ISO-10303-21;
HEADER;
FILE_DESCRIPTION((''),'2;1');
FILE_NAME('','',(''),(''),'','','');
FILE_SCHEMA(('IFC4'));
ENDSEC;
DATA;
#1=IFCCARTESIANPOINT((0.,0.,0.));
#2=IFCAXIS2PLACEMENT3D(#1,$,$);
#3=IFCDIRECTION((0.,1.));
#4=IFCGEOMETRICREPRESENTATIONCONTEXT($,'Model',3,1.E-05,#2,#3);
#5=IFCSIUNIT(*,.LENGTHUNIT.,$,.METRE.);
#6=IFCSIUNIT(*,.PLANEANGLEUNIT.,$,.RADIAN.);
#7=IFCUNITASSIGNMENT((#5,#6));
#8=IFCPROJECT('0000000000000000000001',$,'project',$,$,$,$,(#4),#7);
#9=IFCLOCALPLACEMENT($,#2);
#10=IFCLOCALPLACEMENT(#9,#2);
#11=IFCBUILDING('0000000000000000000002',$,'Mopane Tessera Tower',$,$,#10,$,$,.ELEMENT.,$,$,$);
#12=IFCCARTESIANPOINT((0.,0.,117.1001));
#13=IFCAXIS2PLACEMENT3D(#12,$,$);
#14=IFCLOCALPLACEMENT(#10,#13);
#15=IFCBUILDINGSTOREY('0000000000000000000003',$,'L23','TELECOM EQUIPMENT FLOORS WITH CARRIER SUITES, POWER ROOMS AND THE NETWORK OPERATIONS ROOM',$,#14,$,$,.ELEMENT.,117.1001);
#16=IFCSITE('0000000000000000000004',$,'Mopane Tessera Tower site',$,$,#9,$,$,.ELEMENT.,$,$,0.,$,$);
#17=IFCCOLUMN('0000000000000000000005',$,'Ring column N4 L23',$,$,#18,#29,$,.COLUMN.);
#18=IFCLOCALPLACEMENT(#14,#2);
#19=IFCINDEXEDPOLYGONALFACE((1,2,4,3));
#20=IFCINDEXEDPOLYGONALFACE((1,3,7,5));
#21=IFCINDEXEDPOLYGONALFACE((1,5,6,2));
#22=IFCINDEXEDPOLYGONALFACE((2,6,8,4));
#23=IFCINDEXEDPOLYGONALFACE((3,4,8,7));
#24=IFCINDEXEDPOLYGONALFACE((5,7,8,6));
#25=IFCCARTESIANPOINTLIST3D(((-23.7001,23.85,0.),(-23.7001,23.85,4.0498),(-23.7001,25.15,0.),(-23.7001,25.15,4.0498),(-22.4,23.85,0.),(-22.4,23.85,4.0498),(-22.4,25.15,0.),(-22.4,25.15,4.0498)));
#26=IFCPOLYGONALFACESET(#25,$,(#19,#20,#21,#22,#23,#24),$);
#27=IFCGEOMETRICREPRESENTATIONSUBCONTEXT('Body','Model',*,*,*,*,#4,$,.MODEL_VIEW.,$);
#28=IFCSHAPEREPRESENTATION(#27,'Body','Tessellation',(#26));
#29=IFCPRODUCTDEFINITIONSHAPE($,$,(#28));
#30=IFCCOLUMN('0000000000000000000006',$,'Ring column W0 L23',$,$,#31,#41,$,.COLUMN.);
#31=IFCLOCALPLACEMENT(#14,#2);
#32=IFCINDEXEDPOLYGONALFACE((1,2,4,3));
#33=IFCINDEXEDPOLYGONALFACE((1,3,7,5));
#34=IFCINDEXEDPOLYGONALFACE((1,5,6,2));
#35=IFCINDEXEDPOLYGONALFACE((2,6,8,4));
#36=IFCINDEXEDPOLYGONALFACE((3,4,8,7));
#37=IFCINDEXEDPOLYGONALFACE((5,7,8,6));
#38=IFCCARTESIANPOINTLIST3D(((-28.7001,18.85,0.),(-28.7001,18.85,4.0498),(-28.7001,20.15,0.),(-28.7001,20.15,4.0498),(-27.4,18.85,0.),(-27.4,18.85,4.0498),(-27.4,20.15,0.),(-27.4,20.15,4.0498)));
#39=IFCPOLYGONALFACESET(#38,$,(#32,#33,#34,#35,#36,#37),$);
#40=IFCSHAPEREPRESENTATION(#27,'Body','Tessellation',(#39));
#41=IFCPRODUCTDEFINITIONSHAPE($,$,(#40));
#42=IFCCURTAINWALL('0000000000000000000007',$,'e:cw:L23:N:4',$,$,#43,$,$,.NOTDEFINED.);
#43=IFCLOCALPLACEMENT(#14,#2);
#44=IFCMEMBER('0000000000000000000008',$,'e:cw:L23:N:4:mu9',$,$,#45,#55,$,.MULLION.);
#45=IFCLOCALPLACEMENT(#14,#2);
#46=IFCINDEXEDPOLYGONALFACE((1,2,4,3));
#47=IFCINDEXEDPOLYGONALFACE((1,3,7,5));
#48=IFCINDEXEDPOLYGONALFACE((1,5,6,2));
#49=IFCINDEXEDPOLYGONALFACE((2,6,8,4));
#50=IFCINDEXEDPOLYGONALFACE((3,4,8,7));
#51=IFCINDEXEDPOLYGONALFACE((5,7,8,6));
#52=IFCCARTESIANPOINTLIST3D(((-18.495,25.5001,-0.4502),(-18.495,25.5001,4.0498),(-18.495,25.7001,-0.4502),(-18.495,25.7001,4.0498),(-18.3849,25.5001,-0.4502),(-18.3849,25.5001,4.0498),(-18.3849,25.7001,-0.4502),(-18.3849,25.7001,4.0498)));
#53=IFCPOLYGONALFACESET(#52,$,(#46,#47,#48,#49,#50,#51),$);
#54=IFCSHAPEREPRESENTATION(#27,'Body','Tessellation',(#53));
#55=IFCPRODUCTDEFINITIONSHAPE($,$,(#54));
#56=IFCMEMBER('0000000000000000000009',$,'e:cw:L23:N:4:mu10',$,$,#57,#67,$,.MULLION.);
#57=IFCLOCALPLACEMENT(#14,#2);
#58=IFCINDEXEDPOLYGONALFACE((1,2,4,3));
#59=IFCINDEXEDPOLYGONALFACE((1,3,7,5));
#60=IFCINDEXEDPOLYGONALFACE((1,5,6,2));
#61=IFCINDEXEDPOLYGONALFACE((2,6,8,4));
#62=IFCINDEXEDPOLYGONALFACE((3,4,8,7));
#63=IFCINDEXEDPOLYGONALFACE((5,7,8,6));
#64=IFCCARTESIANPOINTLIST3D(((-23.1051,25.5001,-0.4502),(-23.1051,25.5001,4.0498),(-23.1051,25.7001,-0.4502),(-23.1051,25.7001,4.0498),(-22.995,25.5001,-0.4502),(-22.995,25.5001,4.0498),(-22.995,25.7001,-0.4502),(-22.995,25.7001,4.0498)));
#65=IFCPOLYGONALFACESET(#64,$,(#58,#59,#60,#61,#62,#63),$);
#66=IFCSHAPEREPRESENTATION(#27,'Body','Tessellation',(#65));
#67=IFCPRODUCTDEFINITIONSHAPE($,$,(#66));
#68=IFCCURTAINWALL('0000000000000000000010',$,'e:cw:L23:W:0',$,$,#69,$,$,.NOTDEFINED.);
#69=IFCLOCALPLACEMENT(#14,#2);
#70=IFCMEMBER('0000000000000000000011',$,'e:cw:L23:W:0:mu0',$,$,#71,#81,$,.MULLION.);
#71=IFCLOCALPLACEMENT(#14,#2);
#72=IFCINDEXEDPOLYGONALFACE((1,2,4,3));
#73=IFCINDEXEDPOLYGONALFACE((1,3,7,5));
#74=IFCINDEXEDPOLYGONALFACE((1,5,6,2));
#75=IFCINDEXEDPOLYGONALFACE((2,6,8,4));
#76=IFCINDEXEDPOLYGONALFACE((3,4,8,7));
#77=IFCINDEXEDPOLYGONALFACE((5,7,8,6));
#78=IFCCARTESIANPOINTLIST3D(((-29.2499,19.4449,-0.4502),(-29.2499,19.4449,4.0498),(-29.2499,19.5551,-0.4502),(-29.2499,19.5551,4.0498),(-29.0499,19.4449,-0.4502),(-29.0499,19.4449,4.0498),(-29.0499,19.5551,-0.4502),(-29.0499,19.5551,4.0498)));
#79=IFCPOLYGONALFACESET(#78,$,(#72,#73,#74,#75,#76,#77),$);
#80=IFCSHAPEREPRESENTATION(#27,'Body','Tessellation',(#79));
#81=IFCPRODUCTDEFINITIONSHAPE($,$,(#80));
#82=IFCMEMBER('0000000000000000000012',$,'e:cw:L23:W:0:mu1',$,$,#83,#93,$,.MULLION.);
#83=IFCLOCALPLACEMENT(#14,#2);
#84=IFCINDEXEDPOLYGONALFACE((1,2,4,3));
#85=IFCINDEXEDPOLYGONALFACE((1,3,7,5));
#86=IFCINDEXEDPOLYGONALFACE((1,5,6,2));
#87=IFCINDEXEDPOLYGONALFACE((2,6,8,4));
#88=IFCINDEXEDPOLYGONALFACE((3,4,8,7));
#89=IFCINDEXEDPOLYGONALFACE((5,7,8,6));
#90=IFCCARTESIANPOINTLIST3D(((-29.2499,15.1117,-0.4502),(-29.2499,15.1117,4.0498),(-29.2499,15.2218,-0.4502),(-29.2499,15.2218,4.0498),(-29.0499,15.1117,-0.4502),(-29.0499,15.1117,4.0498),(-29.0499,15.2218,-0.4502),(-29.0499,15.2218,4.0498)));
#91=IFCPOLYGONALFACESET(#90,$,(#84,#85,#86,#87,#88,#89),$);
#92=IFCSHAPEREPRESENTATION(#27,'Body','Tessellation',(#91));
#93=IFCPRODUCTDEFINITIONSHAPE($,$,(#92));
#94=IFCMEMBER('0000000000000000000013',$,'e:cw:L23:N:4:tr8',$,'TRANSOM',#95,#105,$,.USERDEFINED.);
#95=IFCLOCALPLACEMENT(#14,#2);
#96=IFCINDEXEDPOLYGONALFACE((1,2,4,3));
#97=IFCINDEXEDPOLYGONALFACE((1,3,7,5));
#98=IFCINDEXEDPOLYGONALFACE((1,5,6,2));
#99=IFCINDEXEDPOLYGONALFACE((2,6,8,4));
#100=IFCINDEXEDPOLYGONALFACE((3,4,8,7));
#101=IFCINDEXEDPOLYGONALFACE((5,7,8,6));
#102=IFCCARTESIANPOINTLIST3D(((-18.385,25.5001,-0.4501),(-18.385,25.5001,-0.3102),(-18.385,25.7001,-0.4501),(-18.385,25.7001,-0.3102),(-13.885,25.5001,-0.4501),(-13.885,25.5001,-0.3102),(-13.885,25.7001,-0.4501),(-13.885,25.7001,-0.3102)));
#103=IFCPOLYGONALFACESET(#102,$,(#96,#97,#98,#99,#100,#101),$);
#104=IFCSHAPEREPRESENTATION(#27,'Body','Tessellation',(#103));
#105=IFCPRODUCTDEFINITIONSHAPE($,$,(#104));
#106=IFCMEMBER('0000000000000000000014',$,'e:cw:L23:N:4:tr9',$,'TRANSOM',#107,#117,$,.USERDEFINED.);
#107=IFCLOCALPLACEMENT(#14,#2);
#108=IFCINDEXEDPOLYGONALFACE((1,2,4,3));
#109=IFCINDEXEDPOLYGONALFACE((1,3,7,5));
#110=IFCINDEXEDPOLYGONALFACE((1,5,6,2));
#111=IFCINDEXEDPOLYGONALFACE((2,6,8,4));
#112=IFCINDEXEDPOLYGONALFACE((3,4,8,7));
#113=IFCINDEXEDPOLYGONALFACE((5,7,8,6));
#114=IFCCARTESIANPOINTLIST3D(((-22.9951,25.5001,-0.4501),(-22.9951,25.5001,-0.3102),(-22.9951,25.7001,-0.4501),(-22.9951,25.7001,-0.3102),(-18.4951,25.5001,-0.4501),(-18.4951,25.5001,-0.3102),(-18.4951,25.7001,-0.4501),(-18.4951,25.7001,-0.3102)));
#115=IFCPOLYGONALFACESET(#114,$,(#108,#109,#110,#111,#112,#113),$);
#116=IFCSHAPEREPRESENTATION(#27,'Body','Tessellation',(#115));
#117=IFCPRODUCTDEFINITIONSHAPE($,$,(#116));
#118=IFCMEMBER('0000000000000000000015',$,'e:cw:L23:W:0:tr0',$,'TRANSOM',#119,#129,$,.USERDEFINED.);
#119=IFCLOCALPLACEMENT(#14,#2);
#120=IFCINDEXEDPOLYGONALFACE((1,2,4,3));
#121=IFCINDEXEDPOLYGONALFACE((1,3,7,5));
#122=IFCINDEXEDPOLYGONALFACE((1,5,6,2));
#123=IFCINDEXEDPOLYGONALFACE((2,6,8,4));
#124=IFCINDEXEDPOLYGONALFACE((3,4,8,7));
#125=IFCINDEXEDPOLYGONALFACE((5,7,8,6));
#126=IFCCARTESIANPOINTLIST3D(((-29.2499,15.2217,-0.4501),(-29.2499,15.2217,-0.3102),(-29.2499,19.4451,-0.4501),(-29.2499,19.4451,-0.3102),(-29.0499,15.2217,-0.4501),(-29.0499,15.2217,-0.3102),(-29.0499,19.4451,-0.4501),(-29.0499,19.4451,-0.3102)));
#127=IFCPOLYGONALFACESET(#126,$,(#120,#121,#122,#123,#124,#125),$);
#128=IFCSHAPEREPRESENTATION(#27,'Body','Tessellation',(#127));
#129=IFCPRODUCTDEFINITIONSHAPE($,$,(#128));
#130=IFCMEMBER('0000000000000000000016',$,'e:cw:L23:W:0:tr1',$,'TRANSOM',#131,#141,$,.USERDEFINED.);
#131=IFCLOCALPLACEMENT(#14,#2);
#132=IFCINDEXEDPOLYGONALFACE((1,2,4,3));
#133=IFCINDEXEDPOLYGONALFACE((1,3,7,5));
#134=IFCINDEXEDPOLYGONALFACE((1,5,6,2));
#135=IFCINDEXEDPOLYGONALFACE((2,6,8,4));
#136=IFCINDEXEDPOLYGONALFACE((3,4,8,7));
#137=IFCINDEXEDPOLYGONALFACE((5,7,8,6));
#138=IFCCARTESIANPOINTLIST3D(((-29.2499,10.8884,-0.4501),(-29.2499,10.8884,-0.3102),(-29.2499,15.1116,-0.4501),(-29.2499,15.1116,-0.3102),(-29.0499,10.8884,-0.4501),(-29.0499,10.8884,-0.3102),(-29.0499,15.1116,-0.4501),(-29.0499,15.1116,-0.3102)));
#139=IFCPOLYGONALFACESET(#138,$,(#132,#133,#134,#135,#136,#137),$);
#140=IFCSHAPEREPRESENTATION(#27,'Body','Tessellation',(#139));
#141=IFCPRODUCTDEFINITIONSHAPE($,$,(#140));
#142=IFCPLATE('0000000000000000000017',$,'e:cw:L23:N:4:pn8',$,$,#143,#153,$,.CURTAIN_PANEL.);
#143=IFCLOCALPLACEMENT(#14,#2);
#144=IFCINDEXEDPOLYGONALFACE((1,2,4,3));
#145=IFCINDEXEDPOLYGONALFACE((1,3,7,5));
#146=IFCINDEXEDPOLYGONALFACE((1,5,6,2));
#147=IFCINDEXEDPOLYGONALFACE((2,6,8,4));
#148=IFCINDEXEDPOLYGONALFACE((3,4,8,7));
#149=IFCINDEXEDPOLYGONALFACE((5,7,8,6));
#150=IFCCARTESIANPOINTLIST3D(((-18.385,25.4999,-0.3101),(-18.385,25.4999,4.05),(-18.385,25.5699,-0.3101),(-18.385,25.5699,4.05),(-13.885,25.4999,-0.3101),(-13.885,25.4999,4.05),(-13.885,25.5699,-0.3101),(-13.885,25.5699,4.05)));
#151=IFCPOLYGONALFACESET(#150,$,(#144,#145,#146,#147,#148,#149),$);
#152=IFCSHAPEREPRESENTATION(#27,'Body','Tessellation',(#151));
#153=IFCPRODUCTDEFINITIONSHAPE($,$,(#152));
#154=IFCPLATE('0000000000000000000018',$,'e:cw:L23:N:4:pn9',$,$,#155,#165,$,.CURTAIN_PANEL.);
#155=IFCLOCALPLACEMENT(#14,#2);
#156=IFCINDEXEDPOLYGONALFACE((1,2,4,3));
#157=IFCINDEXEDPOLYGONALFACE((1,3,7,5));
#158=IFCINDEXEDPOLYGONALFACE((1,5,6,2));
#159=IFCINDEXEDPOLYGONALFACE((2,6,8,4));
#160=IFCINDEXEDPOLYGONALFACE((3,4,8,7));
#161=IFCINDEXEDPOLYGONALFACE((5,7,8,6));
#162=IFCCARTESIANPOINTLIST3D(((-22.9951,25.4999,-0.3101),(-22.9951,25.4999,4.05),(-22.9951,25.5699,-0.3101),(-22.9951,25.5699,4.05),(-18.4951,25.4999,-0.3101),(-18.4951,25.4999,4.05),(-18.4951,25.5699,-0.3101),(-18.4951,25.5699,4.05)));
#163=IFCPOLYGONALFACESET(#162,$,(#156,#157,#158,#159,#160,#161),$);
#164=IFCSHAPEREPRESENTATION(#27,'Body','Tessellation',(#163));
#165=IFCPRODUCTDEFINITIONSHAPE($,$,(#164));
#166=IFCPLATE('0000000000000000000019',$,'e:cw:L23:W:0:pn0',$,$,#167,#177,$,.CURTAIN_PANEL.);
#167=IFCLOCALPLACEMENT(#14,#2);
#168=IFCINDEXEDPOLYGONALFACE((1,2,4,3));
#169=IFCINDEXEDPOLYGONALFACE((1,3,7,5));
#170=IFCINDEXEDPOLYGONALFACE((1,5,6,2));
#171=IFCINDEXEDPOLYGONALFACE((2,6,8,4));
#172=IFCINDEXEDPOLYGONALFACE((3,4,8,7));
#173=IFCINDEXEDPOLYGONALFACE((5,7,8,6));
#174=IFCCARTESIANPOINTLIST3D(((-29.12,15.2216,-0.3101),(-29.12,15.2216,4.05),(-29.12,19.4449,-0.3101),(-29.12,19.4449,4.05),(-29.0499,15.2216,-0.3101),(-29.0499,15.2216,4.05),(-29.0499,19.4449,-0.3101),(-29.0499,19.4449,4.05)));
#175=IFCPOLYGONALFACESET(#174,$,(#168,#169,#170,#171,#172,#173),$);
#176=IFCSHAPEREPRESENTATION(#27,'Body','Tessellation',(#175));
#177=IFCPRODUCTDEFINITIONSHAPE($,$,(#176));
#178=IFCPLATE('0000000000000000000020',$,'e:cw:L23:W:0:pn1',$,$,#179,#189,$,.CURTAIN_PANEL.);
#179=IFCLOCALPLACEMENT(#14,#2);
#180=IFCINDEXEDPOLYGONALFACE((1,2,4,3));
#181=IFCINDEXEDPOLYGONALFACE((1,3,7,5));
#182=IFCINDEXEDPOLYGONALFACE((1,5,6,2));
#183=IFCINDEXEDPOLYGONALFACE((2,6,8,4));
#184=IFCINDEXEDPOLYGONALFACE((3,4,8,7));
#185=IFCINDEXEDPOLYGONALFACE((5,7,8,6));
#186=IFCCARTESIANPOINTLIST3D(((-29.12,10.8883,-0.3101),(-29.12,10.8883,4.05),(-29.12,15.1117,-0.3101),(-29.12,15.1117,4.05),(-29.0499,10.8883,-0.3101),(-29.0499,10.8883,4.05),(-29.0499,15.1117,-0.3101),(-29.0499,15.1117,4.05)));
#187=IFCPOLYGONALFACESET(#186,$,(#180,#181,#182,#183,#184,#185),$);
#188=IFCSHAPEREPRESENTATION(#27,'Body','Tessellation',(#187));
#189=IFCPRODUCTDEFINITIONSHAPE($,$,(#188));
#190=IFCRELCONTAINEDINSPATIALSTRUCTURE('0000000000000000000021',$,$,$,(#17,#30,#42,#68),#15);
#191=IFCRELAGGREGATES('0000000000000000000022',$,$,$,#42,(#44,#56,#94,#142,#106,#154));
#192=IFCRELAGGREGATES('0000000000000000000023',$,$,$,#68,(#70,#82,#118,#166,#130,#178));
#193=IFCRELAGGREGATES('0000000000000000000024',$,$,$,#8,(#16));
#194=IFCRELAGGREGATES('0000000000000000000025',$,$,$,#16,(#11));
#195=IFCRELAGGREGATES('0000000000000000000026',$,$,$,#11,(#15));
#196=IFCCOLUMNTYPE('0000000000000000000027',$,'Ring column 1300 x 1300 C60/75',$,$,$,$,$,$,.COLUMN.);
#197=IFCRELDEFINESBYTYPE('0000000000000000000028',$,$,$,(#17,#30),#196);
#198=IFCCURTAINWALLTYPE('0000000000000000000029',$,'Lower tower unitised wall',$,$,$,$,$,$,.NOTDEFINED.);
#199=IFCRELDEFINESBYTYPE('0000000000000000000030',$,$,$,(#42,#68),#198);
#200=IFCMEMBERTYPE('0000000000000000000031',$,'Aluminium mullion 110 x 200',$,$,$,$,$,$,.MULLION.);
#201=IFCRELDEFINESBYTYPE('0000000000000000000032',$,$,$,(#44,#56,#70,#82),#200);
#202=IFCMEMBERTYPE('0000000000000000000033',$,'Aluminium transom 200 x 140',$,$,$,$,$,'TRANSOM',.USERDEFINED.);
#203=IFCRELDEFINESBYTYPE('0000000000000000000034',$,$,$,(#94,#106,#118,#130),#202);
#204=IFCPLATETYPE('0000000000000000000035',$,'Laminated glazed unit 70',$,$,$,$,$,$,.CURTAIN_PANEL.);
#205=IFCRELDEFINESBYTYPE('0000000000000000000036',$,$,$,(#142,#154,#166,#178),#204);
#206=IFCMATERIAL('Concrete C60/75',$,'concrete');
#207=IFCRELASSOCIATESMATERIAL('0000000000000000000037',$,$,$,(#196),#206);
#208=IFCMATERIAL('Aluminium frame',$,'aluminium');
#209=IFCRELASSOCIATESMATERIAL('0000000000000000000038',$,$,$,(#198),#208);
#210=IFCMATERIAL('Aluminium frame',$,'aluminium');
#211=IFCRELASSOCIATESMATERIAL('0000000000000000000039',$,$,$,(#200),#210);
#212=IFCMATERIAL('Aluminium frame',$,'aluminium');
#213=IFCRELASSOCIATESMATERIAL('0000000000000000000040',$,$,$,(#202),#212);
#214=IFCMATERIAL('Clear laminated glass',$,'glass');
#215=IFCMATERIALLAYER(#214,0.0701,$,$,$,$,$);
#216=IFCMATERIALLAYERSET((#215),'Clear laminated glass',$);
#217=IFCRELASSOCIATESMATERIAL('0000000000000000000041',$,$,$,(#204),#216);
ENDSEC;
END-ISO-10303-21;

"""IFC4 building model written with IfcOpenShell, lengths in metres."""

from ifc_helpers import new_model, si_unit, direction, frame, origin, origin_2d, place, context, subcontext, project, spatial, rectangle, extrude, material, layer, layer_set, material_profile, profile_set, type_object, element, aggregate, save


model = new_model("IFC4")

# Units and contexts
model_context = context("Model", 3, precision=1e-05, world=origin(), true_north=direction((0.0, 1.0)))
body_context = subcontext(model_context, "Body", "Model", "MODEL_VIEW")
ifc_project = project(units=[si_unit("LENGTHUNIT", "METRE"), si_unit("PLANEANGLEUNIT", "RADIAN")], contexts=[model_context])

# Site, building, storey
site_placement = place(None, origin())
site = spatial("IfcSite", under=ifc_project, at=site_placement, Name="Mopane Tessera Tower site", CompositionType="ELEMENT", RefElevation=0.0)
building_placement = place(site_placement, origin())
building = spatial("IfcBuilding", under=site, at=building_placement, Name="Mopane Tessera Tower", CompositionType="ELEMENT")
storey_placement = place(building_placement, frame((0.0, 0.0, 117.1001)))
storey = spatial("IfcBuildingStorey", under=building, at=storey_placement, Name="L23", Description="TELECOM EQUIPMENT FLOORS WITH CARRIER SUITES, POWER ROOMS AND THE NETWORK OPERATIONS ROOM", CompositionType="ELEMENT", Elevation=117.1001)

# Columns
ifc_material_1 = material(Name="Concrete C60/75", Category="concrete")
ifc_material_profile_1 = material_profile(ifc_material_1, rectangle(XDim=1.3, YDim=1.3, at=origin_2d()))
ifc_profile_set_1 = profile_set([ifc_material_profile_1], Name="Concrete C60/75")
column_type = type_object("IfcColumnType", Name="Ring column 1300 x 1300 C60/75", PredefinedType="COLUMN", material=ifc_profile_set_1)
for number, where, z_axis, x_axis, name in (
    (1, (-23.05, 24.5, 0.0), (0.0, 0.0, 1.0), (1.0, 0.0, 0.0), "Ring column N4 L23"),
    (2, (-28.05, 19.5, 0.0), (0.0, 0.0, 1.0), (1.0, 0.0, 0.0), "Ring column W0 L23"),
):
    element("IfcColumn", number, at=place(storey_placement, frame(where, z_axis=z_axis, x_axis=x_axis)), inside=storey, type_object=column_type, Name=name, PredefinedType="COLUMN", context=body_context, shape_type="SweptSolid", body=[
        extrude(rectangle(XDim=1.3, YDim=1.3, at=origin_2d()), origin(), (0.0, 0.0, 1.0), 4.0498),
    ])

# Curtain walls, members
ifc_material_2 = material(Name="Aluminium frame", Category="aluminium")
curtain_wall_type = type_object("IfcCurtainWallType", Name="Lower tower unitised wall", PredefinedType="NOTDEFINED", material=ifc_material_2)
curtain_wall_1_placement = place(storey_placement, origin())
curtain_wall_1 = element("IfcCurtainWall", 3, at=curtain_wall_1_placement, inside=storey, type_object=curtain_wall_type, Name="e:cw:L23:N:4", PredefinedType="NOTDEFINED")
ifc_material_3 = material(Name="Aluminium frame", Category="aluminium")
ifc_material_profile_2 = material_profile(ifc_material_3, rectangle(XDim=0.1101, YDim=0.2, at=origin_2d()))
ifc_profile_set_2 = profile_set([ifc_material_profile_2], Name="Aluminium frame")
member_type_1 = type_object("IfcMemberType", Name="Aluminium mullion 110 x 200", PredefinedType="MULLION", material=ifc_profile_set_2)
member_1_placement = place(storey_placement, frame((-18.4399, 25.6001, -0.4502), z_axis=(0.0, 0.0, 1.0), x_axis=(-1.0, 0.0, 0.0)))
member_1 = element("IfcMember", 4, at=member_1_placement, type_object=member_type_1, Name="e:cw:L23:N:4:mu9", PredefinedType="MULLION", context=body_context, shape_type="SweptSolid", body=[
    extrude(rectangle(XDim=0.1101, YDim=0.2, at=origin_2d()), origin(), (0.0, 0.0, 1.0), 4.5),
])
member_2_placement = place(storey_placement, frame((-23.05, 25.6001, -0.4502), z_axis=(0.0, 0.0, 1.0), x_axis=(-1.0, 0.0, 0.0)))
member_2 = element("IfcMember", 5, at=member_2_placement, type_object=member_type_1, Name="e:cw:L23:N:4:mu10", PredefinedType="MULLION", context=body_context, shape_type="SweptSolid", body=[
    extrude(rectangle(XDim=0.1101, YDim=0.2, at=origin_2d()), origin(), (0.0, 0.0, 1.0), 4.5),
])
curtain_wall_2_placement = place(storey_placement, origin())
curtain_wall_2 = element("IfcCurtainWall", 6, at=curtain_wall_2_placement, inside=storey, type_object=curtain_wall_type, Name="e:cw:L23:W:0", PredefinedType="NOTDEFINED")
member_3_placement = place(storey_placement, frame((-29.1499, 19.5, -0.4502), z_axis=(0.0, 0.0, 1.0), x_axis=(0.0, -1.0, 0.0)))
member_3 = element("IfcMember", 7, at=member_3_placement, type_object=member_type_1, Name="e:cw:L23:W:0:mu0", PredefinedType="MULLION", context=body_context, shape_type="SweptSolid", body=[
    extrude(rectangle(XDim=0.1101, YDim=0.2, at=origin_2d()), origin(), (0.0, 0.0, 1.0), 4.5),
])
member_4_placement = place(storey_placement, frame((-29.1499, 15.1667, -0.4502), z_axis=(0.0, 0.0, 1.0), x_axis=(0.0, -1.0, 0.0)))
member_4 = element("IfcMember", 8, at=member_4_placement, type_object=member_type_1, Name="e:cw:L23:W:0:mu1", PredefinedType="MULLION", context=body_context, shape_type="SweptSolid", body=[
    extrude(rectangle(XDim=0.1101, YDim=0.2, at=origin_2d()), origin(), (0.0, 0.0, 1.0), 4.5),
])

# Members
ifc_material_4 = material(Name="Aluminium frame", Category="aluminium")
ifc_material_profile_3 = material_profile(ifc_material_4, rectangle(XDim=0.2, YDim=0.1399, at=origin_2d()))
ifc_profile_set_3 = profile_set([ifc_material_profile_3], Name="Aluminium frame")
member_type_2 = type_object("IfcMemberType", Name="Aluminium transom 200 x 140", ElementType="TRANSOM", PredefinedType="USERDEFINED", material=ifc_profile_set_3)
member_5_placement = place(storey_placement, frame((-13.885, 25.6001, -0.3801), z_axis=(-1.0, 0.0, 0.0), x_axis=(0.0, -1.0, 0.0)))
member_5 = element("IfcMember", 9, at=member_5_placement, type_object=member_type_2, Name="e:cw:L23:N:4:tr8", ObjectType="TRANSOM", PredefinedType="USERDEFINED", context=body_context, shape_type="SweptSolid", body=[
    extrude(rectangle(XDim=0.2, YDim=0.1399, at=origin_2d()), origin(), (0.0, 0.0, 1.0), 4.5),
])
member_6_placement = place(storey_placement, frame((-18.4951, 25.6001, -0.3801), z_axis=(-1.0, 0.0, 0.0), x_axis=(0.0, -1.0, 0.0)))
member_6 = element("IfcMember", 10, at=member_6_placement, type_object=member_type_2, Name="e:cw:L23:N:4:tr9", ObjectType="TRANSOM", PredefinedType="USERDEFINED", context=body_context, shape_type="SweptSolid", body=[
    extrude(rectangle(XDim=0.2, YDim=0.1399, at=origin_2d()), origin(), (0.0, 0.0, 1.0), 4.5),
])
member_7_placement = place(storey_placement, frame((-29.1499, 19.4451, -0.3801), z_axis=(0.0, -1.0, 0.0), x_axis=(1.0, 0.0, 0.0)))
member_7 = element("IfcMember", 11, at=member_7_placement, type_object=member_type_2, Name="e:cw:L23:W:0:tr0", ObjectType="TRANSOM", PredefinedType="USERDEFINED", context=body_context, shape_type="SweptSolid", body=[
    extrude(rectangle(XDim=0.2, YDim=0.1399, at=origin_2d()), origin(), (0.0, 0.0, 1.0), 4.2234),
])
member_8_placement = place(storey_placement, frame((-29.1499, 15.1116, -0.3801), z_axis=(0.0, -1.0, 0.0), x_axis=(1.0, 0.0, 0.0)))
member_8 = element("IfcMember", 12, at=member_8_placement, type_object=member_type_2, Name="e:cw:L23:W:0:tr1", ObjectType="TRANSOM", PredefinedType="USERDEFINED", context=body_context, shape_type="SweptSolid", body=[
    extrude(rectangle(XDim=0.2, YDim=0.1399, at=origin_2d()), origin(), (0.0, 0.0, 1.0), 4.2231),
])

# Plates
ifc_material_5 = material(Name="Clear laminated glass", Category="glass")
ifc_layer_1 = layer(ifc_material_5, 0.0701)
ifc_layer_set_1 = layer_set([ifc_layer_1], Name="Clear laminated glass")
plate_type = type_object("IfcPlateType", Name="Laminated glazed unit 70", PredefinedType="CURTAIN_PANEL", material=ifc_layer_set_1)
plate_1_placement = place(storey_placement, frame((-16.135, 25.5349, -0.3101), z_axis=(0.0, 0.0, 1.0), x_axis=(-1.0, 0.0, 0.0)))
plate_1 = element("IfcPlate", 13, at=plate_1_placement, type_object=plate_type, Name="e:cw:L23:N:4:pn8", PredefinedType="CURTAIN_PANEL", context=body_context, shape_type="SweptSolid", body=[
    extrude(rectangle(XDim=4.5, YDim=0.0701, at=origin_2d()), origin(), (0.0, 0.0, 1.0), 4.3601),
])
plate_2_placement = place(storey_placement, frame((-20.7451, 25.5349, -0.3101), z_axis=(0.0, 0.0, 1.0), x_axis=(-1.0, 0.0, 0.0)))
plate_2 = element("IfcPlate", 14, at=plate_2_placement, type_object=plate_type, Name="e:cw:L23:N:4:pn9", PredefinedType="CURTAIN_PANEL", context=body_context, shape_type="SweptSolid", body=[
    extrude(rectangle(XDim=4.5, YDim=0.0701, at=origin_2d()), origin(), (0.0, 0.0, 1.0), 4.3601),
])
aggregate(curtain_wall_1, [member_1, member_2, member_5, plate_1, member_6, plate_2])
plate_3_placement = place(storey_placement, frame((-29.085, 17.3333, -0.3101), z_axis=(0.0, 0.0, 1.0), x_axis=(0.0, -1.0, 0.0)))
plate_3 = element("IfcPlate", 15, at=plate_3_placement, type_object=plate_type, Name="e:cw:L23:W:0:pn0", PredefinedType="CURTAIN_PANEL", context=body_context, shape_type="SweptSolid", body=[
    extrude(rectangle(XDim=4.2234, YDim=0.0701, at=origin_2d()), origin(), (0.0, 0.0, 1.0), 4.3601),
])
plate_4_placement = place(storey_placement, frame((-29.085, 13.0, -0.3101), z_axis=(0.0, 0.0, 1.0), x_axis=(0.0, -1.0, 0.0)))
plate_4 = element("IfcPlate", 16, at=plate_4_placement, type_object=plate_type, Name="e:cw:L23:W:0:pn1", PredefinedType="CURTAIN_PANEL", context=body_context, shape_type="SweptSolid", body=[
    extrude(rectangle(XDim=4.2234, YDim=0.0701, at=origin_2d()), origin(), (0.0, 0.0, 1.0), 4.3601),
])
aggregate(curtain_wall_2, [member_3, member_4, member_7, plate_3, member_8, plate_4])

save(model, "model.ifc")
